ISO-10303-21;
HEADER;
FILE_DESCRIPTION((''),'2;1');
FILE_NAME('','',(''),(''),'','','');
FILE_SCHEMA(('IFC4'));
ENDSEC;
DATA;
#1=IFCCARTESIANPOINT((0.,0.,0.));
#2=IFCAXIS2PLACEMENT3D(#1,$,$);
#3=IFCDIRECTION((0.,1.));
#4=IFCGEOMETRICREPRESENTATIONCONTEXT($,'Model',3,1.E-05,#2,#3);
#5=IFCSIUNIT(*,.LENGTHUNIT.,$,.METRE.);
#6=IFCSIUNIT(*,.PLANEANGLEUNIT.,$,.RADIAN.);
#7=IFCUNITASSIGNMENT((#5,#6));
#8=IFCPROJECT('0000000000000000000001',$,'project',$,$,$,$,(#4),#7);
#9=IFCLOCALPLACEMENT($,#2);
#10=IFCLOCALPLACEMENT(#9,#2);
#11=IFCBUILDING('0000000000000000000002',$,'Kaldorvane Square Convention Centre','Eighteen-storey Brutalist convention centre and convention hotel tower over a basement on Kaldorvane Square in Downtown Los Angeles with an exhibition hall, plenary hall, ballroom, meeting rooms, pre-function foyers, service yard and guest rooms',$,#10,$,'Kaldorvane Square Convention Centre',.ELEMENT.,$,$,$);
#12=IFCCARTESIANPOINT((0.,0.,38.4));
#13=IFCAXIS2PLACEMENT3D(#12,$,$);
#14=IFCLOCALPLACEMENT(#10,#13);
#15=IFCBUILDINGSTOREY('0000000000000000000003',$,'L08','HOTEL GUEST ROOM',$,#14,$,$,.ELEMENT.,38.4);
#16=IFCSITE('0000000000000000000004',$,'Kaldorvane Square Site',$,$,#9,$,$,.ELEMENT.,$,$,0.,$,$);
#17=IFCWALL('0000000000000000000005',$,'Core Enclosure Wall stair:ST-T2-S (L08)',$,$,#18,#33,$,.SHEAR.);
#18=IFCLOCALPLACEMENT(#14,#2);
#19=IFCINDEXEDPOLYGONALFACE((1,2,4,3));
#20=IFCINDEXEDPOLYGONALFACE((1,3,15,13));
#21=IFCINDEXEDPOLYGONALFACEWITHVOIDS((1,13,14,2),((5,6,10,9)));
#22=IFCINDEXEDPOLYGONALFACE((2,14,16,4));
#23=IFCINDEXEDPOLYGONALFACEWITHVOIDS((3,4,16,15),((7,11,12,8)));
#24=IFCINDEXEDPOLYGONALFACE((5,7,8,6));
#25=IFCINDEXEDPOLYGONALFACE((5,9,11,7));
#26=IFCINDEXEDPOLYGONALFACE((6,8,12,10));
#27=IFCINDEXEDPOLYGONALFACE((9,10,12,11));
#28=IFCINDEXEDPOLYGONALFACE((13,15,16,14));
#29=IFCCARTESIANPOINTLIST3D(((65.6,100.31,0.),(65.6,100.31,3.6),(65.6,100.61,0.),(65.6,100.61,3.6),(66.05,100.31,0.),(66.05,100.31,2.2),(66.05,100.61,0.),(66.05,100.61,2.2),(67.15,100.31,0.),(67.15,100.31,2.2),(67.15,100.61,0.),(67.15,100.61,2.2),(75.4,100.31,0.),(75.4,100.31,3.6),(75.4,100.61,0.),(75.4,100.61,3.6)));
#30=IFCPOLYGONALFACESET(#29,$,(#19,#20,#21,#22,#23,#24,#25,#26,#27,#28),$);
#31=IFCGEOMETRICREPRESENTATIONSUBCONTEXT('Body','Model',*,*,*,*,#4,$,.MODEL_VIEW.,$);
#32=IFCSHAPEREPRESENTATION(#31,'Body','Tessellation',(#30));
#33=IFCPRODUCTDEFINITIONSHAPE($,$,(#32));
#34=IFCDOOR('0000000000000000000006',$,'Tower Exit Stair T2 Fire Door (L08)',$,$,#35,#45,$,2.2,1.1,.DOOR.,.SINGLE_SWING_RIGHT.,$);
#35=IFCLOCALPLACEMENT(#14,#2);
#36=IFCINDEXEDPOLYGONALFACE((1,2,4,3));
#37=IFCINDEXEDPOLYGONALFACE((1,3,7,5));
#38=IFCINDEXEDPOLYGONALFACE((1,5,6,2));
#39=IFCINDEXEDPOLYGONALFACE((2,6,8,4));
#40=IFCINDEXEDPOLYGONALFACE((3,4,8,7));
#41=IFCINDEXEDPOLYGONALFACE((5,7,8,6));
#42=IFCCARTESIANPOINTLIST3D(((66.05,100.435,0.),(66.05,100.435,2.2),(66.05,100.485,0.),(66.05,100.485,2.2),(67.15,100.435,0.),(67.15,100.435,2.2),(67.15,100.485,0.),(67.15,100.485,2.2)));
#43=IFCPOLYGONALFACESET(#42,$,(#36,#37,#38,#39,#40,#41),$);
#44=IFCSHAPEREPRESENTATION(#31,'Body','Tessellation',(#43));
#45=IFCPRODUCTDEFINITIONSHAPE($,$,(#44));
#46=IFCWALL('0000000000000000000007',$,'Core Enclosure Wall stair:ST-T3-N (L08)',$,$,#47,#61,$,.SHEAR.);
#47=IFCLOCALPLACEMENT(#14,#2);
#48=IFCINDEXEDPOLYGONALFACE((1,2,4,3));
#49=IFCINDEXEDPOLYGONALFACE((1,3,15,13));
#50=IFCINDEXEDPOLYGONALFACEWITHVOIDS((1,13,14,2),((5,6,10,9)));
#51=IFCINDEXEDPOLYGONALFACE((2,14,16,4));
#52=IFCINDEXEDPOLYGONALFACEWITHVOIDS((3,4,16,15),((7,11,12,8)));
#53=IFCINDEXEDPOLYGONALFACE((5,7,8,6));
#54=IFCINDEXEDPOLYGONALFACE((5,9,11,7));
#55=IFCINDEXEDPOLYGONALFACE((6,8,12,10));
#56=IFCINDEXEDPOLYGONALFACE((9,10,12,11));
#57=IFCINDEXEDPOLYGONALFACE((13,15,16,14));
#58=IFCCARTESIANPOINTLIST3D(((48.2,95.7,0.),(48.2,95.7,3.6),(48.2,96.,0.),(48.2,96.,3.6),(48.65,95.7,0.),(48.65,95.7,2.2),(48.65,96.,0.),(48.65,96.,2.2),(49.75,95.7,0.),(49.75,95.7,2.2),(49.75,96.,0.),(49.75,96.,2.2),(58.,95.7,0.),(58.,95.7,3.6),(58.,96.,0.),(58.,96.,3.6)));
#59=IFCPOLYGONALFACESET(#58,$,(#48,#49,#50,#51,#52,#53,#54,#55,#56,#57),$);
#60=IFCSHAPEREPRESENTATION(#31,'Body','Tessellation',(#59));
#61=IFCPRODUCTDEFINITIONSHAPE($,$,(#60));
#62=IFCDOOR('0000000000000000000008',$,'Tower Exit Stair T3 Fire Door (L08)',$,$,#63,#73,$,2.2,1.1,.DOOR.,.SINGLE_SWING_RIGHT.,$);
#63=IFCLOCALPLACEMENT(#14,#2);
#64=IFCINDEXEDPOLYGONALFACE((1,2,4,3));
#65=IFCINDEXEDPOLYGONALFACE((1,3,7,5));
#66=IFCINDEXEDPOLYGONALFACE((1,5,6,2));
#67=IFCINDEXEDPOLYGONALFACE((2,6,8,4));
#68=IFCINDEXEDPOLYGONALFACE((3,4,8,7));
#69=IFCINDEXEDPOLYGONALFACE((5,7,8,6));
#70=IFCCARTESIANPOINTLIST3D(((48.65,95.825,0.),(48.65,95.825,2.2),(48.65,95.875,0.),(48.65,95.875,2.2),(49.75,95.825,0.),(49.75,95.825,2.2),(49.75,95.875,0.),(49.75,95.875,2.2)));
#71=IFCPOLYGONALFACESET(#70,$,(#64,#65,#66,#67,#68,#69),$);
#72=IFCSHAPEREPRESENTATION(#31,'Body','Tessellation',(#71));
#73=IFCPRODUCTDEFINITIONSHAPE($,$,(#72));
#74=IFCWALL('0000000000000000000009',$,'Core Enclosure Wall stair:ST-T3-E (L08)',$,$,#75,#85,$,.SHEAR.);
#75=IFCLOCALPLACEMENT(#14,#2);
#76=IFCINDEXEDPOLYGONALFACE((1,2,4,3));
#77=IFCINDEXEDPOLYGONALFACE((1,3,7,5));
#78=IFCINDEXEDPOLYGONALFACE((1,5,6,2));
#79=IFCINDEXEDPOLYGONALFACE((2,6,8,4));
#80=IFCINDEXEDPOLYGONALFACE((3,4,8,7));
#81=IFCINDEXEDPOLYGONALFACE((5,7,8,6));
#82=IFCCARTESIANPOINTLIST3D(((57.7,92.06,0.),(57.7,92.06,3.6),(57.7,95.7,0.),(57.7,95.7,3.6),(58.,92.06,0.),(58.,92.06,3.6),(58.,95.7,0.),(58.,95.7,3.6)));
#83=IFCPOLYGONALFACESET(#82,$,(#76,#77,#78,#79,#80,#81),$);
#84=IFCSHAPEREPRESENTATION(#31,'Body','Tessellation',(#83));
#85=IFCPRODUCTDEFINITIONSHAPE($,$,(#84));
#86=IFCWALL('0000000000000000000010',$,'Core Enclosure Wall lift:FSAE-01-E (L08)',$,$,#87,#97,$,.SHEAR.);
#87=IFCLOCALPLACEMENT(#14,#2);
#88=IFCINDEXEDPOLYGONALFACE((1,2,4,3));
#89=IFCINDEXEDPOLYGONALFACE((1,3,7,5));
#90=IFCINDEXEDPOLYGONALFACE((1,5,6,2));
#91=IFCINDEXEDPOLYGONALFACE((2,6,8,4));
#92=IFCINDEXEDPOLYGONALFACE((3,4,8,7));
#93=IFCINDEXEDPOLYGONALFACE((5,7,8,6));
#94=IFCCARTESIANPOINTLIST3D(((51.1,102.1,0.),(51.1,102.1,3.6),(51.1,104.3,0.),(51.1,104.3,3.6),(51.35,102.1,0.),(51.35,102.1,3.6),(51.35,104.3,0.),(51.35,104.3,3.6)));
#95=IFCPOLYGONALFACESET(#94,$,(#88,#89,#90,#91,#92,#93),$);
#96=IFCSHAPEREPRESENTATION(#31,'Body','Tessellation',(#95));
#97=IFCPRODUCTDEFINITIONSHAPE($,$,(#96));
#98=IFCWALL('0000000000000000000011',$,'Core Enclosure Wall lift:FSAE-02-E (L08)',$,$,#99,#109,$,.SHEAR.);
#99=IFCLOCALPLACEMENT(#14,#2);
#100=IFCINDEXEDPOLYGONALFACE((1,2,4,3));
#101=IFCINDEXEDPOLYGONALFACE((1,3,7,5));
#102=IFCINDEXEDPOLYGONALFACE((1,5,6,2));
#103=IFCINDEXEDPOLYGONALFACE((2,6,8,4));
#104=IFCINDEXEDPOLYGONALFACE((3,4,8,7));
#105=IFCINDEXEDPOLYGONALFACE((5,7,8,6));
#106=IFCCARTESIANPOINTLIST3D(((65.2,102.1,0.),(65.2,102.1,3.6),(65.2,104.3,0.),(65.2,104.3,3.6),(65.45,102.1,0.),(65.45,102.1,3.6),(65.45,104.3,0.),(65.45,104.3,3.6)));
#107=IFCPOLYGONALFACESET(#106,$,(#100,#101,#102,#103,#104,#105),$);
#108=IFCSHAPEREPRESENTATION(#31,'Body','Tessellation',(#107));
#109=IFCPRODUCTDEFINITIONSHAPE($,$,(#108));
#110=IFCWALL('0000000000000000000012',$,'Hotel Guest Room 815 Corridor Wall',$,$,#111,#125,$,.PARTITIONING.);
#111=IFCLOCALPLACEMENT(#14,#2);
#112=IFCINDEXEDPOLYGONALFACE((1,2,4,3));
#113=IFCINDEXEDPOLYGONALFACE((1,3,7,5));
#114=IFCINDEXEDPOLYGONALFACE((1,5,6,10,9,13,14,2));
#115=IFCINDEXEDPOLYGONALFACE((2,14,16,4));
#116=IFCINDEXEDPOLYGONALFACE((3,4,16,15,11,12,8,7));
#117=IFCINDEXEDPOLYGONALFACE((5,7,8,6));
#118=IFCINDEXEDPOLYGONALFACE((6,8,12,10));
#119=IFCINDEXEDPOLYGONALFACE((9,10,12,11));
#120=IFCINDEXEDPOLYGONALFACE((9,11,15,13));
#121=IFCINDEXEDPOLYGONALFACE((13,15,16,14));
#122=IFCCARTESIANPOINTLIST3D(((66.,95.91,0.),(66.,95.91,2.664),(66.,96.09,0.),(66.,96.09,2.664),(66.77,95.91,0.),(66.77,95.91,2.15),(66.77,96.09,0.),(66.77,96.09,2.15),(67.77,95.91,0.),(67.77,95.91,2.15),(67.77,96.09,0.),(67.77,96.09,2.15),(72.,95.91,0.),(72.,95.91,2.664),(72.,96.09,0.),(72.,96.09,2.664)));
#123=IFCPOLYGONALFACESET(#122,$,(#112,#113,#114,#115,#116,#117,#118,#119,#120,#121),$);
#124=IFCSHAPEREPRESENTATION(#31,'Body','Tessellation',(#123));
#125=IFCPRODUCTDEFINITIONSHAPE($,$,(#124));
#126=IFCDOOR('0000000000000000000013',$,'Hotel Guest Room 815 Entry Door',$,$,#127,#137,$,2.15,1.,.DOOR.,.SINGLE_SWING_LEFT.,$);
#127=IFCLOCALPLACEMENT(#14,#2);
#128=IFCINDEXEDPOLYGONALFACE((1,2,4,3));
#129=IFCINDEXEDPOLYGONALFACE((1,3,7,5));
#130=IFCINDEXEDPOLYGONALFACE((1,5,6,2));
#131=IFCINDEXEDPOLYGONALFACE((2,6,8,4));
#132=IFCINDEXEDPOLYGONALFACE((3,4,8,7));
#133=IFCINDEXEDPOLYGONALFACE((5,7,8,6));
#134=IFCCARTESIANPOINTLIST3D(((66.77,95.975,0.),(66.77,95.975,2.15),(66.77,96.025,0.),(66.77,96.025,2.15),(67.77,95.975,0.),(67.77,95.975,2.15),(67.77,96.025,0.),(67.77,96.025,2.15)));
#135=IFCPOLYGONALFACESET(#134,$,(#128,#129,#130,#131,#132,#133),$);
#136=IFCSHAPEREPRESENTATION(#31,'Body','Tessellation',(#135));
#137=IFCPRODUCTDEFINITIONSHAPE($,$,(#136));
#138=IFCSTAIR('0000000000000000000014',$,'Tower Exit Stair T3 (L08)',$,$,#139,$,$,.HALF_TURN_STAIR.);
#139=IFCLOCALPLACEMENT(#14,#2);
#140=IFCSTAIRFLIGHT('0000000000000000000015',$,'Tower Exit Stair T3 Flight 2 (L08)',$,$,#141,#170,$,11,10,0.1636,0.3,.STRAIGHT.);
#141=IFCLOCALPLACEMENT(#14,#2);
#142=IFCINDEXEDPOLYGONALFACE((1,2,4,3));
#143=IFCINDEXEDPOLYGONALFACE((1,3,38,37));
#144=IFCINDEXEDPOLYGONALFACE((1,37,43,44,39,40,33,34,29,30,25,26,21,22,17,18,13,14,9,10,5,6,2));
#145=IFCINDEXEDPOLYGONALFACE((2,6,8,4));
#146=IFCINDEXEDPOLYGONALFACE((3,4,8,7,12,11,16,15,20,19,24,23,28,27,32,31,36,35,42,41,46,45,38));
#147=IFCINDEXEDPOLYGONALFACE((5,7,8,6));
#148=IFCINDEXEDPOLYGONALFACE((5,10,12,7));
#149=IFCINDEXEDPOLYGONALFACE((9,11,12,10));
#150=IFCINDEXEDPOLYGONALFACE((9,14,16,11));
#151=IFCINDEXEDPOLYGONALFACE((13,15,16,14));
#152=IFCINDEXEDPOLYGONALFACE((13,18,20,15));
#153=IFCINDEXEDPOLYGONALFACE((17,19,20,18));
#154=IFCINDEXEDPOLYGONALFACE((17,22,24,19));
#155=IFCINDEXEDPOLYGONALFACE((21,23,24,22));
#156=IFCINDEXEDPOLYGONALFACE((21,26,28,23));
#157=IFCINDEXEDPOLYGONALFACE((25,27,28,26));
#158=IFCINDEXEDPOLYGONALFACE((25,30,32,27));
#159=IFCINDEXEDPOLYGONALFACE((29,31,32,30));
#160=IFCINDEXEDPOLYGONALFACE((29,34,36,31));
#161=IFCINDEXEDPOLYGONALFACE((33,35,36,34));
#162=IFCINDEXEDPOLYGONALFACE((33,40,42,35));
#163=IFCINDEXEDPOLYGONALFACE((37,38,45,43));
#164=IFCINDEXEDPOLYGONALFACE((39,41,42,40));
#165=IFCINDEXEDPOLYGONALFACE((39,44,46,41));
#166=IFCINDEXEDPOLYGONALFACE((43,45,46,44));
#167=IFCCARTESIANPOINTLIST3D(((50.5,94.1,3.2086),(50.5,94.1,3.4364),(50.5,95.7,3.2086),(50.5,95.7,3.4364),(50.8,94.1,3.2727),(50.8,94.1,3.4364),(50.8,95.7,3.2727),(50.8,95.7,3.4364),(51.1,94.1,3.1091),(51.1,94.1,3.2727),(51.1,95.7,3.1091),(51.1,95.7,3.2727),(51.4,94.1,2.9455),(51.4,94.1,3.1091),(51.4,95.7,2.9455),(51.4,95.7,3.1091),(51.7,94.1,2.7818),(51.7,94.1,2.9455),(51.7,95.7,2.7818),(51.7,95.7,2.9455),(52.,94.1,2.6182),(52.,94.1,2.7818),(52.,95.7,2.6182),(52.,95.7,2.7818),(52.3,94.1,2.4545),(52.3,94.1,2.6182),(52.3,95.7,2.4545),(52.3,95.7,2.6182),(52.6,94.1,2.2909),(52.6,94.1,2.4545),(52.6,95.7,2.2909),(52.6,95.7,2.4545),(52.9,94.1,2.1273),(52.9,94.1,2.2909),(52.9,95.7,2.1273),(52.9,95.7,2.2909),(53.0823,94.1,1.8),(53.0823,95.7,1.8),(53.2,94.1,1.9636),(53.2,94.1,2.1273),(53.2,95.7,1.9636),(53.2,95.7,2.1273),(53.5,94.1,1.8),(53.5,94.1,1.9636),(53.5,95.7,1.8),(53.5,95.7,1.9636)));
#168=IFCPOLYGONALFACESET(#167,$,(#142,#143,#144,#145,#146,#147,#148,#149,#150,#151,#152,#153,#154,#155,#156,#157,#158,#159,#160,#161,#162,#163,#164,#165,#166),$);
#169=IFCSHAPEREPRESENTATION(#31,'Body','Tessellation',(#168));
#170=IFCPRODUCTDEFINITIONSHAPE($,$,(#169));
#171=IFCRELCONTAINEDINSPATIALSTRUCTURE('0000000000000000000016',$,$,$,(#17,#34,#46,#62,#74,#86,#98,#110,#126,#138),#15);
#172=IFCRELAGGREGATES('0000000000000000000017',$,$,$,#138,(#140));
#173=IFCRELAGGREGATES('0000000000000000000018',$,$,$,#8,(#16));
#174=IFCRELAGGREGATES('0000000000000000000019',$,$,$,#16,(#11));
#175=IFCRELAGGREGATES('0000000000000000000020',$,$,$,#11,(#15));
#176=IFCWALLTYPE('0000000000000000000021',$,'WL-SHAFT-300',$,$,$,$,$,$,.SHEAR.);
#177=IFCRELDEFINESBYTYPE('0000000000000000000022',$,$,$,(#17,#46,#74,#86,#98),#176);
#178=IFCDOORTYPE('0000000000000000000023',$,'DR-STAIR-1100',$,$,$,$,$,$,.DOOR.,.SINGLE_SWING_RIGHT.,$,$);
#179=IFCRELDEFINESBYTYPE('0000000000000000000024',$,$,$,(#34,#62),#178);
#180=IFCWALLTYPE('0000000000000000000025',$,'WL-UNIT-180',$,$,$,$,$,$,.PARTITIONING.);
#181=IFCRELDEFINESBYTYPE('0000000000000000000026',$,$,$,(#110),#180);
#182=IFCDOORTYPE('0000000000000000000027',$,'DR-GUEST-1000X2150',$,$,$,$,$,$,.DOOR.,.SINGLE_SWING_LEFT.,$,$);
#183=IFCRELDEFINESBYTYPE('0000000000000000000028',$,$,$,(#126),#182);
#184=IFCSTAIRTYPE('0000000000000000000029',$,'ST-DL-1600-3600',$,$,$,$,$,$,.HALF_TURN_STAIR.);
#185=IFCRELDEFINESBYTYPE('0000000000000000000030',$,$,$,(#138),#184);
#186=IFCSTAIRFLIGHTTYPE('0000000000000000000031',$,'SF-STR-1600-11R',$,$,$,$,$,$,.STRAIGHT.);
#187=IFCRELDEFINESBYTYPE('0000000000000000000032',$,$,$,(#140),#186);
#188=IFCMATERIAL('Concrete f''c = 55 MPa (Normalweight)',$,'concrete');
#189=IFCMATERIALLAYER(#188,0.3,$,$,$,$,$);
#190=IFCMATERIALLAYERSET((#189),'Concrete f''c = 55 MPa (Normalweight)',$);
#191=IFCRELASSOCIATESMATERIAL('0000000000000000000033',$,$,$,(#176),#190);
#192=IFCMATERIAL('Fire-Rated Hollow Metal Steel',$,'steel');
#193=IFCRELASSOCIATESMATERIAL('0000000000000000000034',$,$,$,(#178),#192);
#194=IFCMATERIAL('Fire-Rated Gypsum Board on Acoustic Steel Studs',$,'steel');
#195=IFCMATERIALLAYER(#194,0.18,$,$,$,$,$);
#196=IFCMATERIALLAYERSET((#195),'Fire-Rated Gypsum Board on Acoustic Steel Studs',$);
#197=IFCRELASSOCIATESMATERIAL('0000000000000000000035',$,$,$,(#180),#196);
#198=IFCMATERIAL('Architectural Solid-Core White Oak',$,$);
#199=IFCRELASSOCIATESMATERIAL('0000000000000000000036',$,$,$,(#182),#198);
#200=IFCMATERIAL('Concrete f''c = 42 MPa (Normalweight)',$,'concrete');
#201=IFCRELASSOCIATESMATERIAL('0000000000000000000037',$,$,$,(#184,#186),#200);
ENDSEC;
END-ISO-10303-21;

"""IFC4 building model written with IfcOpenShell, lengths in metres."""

from ifc_helpers import new_model, si_unit, direction, frame, frame_2d, origin, place, context, subcontext, project, spatial, polyline, rectangle, outline, extrude, material, layer, layer_set, type_object, element, fill, aggregate, save


model = new_model("IFC4")

# Units and contexts
model_context = context("Model", 3, precision=1e-05, world=origin(), true_north=direction((0.0, 1.0)))
body_context = subcontext(model_context, "Body", "Model", "MODEL_VIEW")
ifc_project = project(units=[si_unit("LENGTHUNIT", "METRE"), si_unit("PLANEANGLEUNIT", "RADIAN")], contexts=[model_context])

# Site, building, storey
site_placement = place(None, origin())
site = spatial("IfcSite", under=ifc_project, at=site_placement, Name="Kaldorvane Square Site", CompositionType="ELEMENT", RefElevation=0.0)
building_placement = place(site_placement, origin())
building = spatial("IfcBuilding", under=site, at=building_placement, Name="Kaldorvane Square Convention Centre", Description="Eighteen-storey Brutalist convention centre and convention hotel tower over a basement on Kaldorvane Square in Downtown Los Angeles with an exhibition hall, plenary hall, ballroom, meeting rooms, pre-function foyers, service yard and guest rooms", LongName="Kaldorvane Square Convention Centre", CompositionType="ELEMENT")
storey_placement = place(building_placement, frame((0.0, 0.0, 38.4)))
storey = spatial("IfcBuildingStorey", under=building, at=storey_placement, Name="L08", Description="HOTEL GUEST ROOM", CompositionType="ELEMENT", Elevation=38.4)

# Shared definitions
ifc_material_1 = material(Name="Fire-Rated Gypsum Board on Acoustic Steel Studs", Category="steel")
ifc_material_2 = material(Name="Architectural Solid-Core White Oak")

# Walls, openings, doors
ifc_material_3 = material(Name="Concrete f'c = 55 MPa (Normalweight)", Category="concrete")
ifc_layer_1 = layer(ifc_material_3, 0.3)
ifc_layer_set_1 = layer_set([ifc_layer_1], Name="Concrete f'c = 55 MPa (Normalweight)")
wall_type_1 = type_object("IfcWallType", Name="WL-SHAFT-300", PredefinedType="SHEAR", material=ifc_layer_set_1)
wall_1_placement = place(storey_placement, frame((65.6, 100.46, 0.0), z_axis=(0.0, 0.0, 1.0), x_axis=(1.0, 0.0, 0.0)))
wall_1 = element("IfcWall", 1, at=wall_1_placement, inside=storey, type_object=wall_type_1, Name="Core Enclosure Wall stair:ST-T2-S (L08)", PredefinedType="SHEAR", context=body_context, shape_type="SweptSolid", body=[
    extrude(rectangle(XDim=9.8, YDim=0.3, at=frame_2d((4.9, 0.0))), origin(), (0.0, 0.0, 1.0), 3.6),
])
opening_1_placement = place(wall_1_placement, frame((0.45, 0.0, 0.0)))
opening_1 = element("IfcOpeningElement", 2, at=opening_1_placement, cuts=wall_1, PredefinedType="OPENING", context=body_context, shape_type="SweptSolid", body=[
    extrude(rectangle(XDim=1.1, YDim=2.2, at=frame_2d((0.55, 1.1))), frame((0.0, 0.165, 0.0), z_axis=(0.0, -1.0, 0.0), x_axis=(1.0, 0.0, 0.0)), (0.0, 0.0, 1.0), 0.33),
])
ifc_material_4 = material(Name="Fire-Rated Hollow Metal Steel", Category="steel")
door_type_1 = type_object("IfcDoorType", Name="DR-STAIR-1100", OperationType="SINGLE_SWING_RIGHT", PredefinedType="DOOR", material=ifc_material_4)
door_1_placement = place(opening_1_placement, origin())
door_1 = element("IfcDoor", 3, at=door_1_placement, inside=storey, type_object=door_type_1, Name="Tower Exit Stair T2 Fire Door (L08)", OperationType="SINGLE_SWING_RIGHT", OverallHeight=2.2, OverallWidth=1.1, PredefinedType="DOOR", context=body_context, shape_type="SweptSolid", body=[
    extrude(rectangle(XDim=1.1, YDim=2.2, at=frame_2d((0.55, 1.1))), frame((0.0, 0.025, 0.0), z_axis=(0.0, -1.0, 0.0), x_axis=(1.0, 0.0, 0.0)), (0.0, 0.0, 1.0), 0.05),
])
fill(opening_1, door_1)
wall_2_placement = place(storey_placement, frame((58.0, 95.85, 0.0), z_axis=(0.0, 0.0, 1.0), x_axis=(-1.0, 0.0, 0.0)))
wall_2 = element("IfcWall", 4, at=wall_2_placement, inside=storey, type_object=wall_type_1, Name="Core Enclosure Wall stair:ST-T3-N (L08)", PredefinedType="SHEAR", context=body_context, shape_type="SweptSolid", body=[
    extrude(rectangle(XDim=9.8, YDim=0.3, at=frame_2d((4.9, 0.0))), origin(), (0.0, 0.0, 1.0), 3.6),
])
opening_2_placement = place(wall_2_placement, frame((8.25, 0.0, 0.0)))
opening_2 = element("IfcOpeningElement", 5, at=opening_2_placement, cuts=wall_2, PredefinedType="OPENING", context=body_context, shape_type="SweptSolid", body=[
    extrude(rectangle(XDim=1.1, YDim=2.2, at=frame_2d((0.55, 1.1))), frame((0.0, 0.165, 0.0), z_axis=(0.0, -1.0, 0.0), x_axis=(1.0, 0.0, 0.0)), (0.0, 0.0, 1.0), 0.33),
])
door_2_placement = place(opening_2_placement, origin())
door_2 = element("IfcDoor", 6, at=door_2_placement, inside=storey, type_object=door_type_1, Name="Tower Exit Stair T3 Fire Door (L08)", OperationType="SINGLE_SWING_RIGHT", OverallHeight=2.2, OverallWidth=1.1, PredefinedType="DOOR", context=body_context, shape_type="SweptSolid", body=[
    extrude(rectangle(XDim=1.1, YDim=2.2, at=frame_2d((0.55, 1.1))), frame((0.0, 0.025, 0.0), z_axis=(0.0, -1.0, 0.0), x_axis=(1.0, 0.0, 0.0)), (0.0, 0.0, 1.0), 0.05),
])
fill(opening_2, door_2)

# Walls
wall_3_placement = place(storey_placement, frame((57.85, 92.06, 0.0), z_axis=(0.0, 0.0, 1.0), x_axis=(0.0, 1.0, 0.0)))
element("IfcWall", 7, at=wall_3_placement, inside=storey, type_object=wall_type_1, Name="Core Enclosure Wall stair:ST-T3-E (L08)", PredefinedType="SHEAR", context=body_context, shape_type="SweptSolid", body=[
    extrude(rectangle(XDim=3.64, YDim=0.3, at=frame_2d((1.82, 0.0))), origin(), (0.0, 0.0, 1.0), 3.6),
])
wall_4_placement = place(storey_placement, frame((51.225, 102.1, 0.0), z_axis=(0.0, 0.0, 1.0), x_axis=(0.0, 1.0, 0.0)))
element("IfcWall", 8, at=wall_4_placement, inside=storey, type_object=wall_type_1, Name="Core Enclosure Wall lift:FSAE-01-E (L08)", PredefinedType="SHEAR", context=body_context, shape_type="SweptSolid", body=[
    extrude(rectangle(XDim=2.2, YDim=0.25, at=frame_2d((1.1, 0.0))), origin(), (0.0, 0.0, 1.0), 3.6),
])

# Wall
wall_5_placement = place(storey_placement, frame((65.325, 102.1, 0.0), z_axis=(0.0, 0.0, 1.0), x_axis=(0.0, 1.0, 0.0)))
element("IfcWall", 9, at=wall_5_placement, inside=storey, type_object=wall_type_1, Name="Core Enclosure Wall lift:FSAE-02-E (L08)", PredefinedType="SHEAR", context=body_context, shape_type="SweptSolid", body=[
    extrude(rectangle(XDim=2.2, YDim=0.25, at=frame_2d((1.1, 0.0))), origin(), (0.0, 0.0, 1.0), 3.6),
])

# Wall, opening, door
ifc_layer_2 = layer(ifc_material_1, 0.18)
ifc_layer_set_2 = layer_set([ifc_layer_2], Name="Fire-Rated Gypsum Board on Acoustic Steel Studs")
wall_type_2 = type_object("IfcWallType", Name="WL-UNIT-180", PredefinedType="PARTITIONING", material=ifc_layer_set_2)
wall_6_placement = place(storey_placement, frame((66.0, 96.0, 0.0), z_axis=(0.0, 0.0, 1.0), x_axis=(1.0, 0.0, 0.0)))
wall_6 = element("IfcWall", 10, at=wall_6_placement, inside=storey, type_object=wall_type_2, Name="Hotel Guest Room 815 Corridor Wall", PredefinedType="PARTITIONING", context=body_context, shape_type="SweptSolid", body=[
    extrude(rectangle(XDim=6.0, YDim=0.18, at=frame_2d((3.0, 0.0))), origin(), (0.0, 0.0, 1.0), 2.664),
])
opening_3_placement = place(wall_6_placement, frame((0.77, 0.0, 0.0)))
opening_3 = element("IfcOpeningElement", 11, at=opening_3_placement, cuts=wall_6, PredefinedType="OPENING", context=body_context, shape_type="SweptSolid", body=[
    extrude(rectangle(XDim=1.0, YDim=2.15, at=frame_2d((0.5, 1.075))), frame((0.0, 0.105, 0.0), z_axis=(0.0, -1.0, 0.0), x_axis=(1.0, 0.0, 0.0)), (0.0, 0.0, 1.0), 0.21),
])
door_type_2 = type_object("IfcDoorType", Name="DR-GUEST-1000X2150", OperationType="SINGLE_SWING_LEFT", PredefinedType="DOOR", material=ifc_material_2)
door_3_placement = place(opening_3_placement, origin())
door_3 = element("IfcDoor", 12, at=door_3_placement, inside=storey, type_object=door_type_2, Name="Hotel Guest Room 815 Entry Door", OperationType="SINGLE_SWING_LEFT", OverallHeight=2.15, OverallWidth=1.0, PredefinedType="DOOR", context=body_context, shape_type="SweptSolid", body=[
    extrude(rectangle(XDim=1.0, YDim=2.15, at=frame_2d((0.5, 1.075))), frame((0.0, 0.025, 0.0), z_axis=(0.0, -1.0, 0.0), x_axis=(1.0, 0.0, 0.0)), (0.0, 0.0, 1.0), 0.05),
])
fill(opening_3, door_3)

# Stair, stair flight
ifc_material_5 = material(Name="Concrete f'c = 42 MPa (Normalweight)", Category="concrete")
stair_type = type_object("IfcStairType", Name="ST-DL-1600-3600", PredefinedType="HALF_TURN_STAIR", material=ifc_material_5)
stair_placement = place(storey_placement, origin())
stair = element("IfcStair", 13, at=stair_placement, inside=storey, type_object=stair_type, Name="Tower Exit Stair T3 (L08)", PredefinedType="HALF_TURN_STAIR")
stair_flight_type = type_object("IfcStairFlightType", Name="SF-STR-1600-11R", PredefinedType="STRAIGHT", material=ifc_material_5)
stair_flight_placement = place(storey_placement, frame((53.5, 94.9, 1.8), z_axis=(0.0, 0.0, 1.0), x_axis=(-1.0, 0.0, 0.0)))
stair_flight = element("IfcStairFlight", 14, at=stair_flight_placement, type_object=stair_flight_type, Name="Tower Exit Stair T3 Flight 2 (L08)", NumberOfRisers=11, NumberOfTreads=10, PredefinedType="STRAIGHT", RiserHeight=0.1636, TreadLength=0.3, context=body_context, shape_type="SweptSolid", body=[
    extrude(outline(polyline([(0.0, 0.0), (0.0, 0.1636), (0.3, 0.1636), (0.3, 0.3273), (0.6, 0.3273), (0.6, 0.4909), (0.9, 0.4909), (0.9, 0.6545), (1.2, 0.6545), (1.2, 0.8182), (1.5, 0.8182), (1.5, 0.9818), (1.8, 0.9818), (1.8, 1.1455), (2.1, 1.1455), (2.1, 1.3091), (2.4, 1.3091), (2.4, 1.4727), (2.7, 1.4727), (2.7, 1.6364), (3.0, 1.6364), (3.0, 1.8), (3.0, 1.4086), (0.4177, 0.0), (0.0, 0.0)])), frame((0.0, 0.8, 0.0), z_axis=(0.0, -1.0, 0.0), x_axis=(1.0, 0.0, 0.0)), (0.0, 0.0, 1.0), 1.6),
])
aggregate(stair, [stair_flight])

save(model, "model.ifc")
